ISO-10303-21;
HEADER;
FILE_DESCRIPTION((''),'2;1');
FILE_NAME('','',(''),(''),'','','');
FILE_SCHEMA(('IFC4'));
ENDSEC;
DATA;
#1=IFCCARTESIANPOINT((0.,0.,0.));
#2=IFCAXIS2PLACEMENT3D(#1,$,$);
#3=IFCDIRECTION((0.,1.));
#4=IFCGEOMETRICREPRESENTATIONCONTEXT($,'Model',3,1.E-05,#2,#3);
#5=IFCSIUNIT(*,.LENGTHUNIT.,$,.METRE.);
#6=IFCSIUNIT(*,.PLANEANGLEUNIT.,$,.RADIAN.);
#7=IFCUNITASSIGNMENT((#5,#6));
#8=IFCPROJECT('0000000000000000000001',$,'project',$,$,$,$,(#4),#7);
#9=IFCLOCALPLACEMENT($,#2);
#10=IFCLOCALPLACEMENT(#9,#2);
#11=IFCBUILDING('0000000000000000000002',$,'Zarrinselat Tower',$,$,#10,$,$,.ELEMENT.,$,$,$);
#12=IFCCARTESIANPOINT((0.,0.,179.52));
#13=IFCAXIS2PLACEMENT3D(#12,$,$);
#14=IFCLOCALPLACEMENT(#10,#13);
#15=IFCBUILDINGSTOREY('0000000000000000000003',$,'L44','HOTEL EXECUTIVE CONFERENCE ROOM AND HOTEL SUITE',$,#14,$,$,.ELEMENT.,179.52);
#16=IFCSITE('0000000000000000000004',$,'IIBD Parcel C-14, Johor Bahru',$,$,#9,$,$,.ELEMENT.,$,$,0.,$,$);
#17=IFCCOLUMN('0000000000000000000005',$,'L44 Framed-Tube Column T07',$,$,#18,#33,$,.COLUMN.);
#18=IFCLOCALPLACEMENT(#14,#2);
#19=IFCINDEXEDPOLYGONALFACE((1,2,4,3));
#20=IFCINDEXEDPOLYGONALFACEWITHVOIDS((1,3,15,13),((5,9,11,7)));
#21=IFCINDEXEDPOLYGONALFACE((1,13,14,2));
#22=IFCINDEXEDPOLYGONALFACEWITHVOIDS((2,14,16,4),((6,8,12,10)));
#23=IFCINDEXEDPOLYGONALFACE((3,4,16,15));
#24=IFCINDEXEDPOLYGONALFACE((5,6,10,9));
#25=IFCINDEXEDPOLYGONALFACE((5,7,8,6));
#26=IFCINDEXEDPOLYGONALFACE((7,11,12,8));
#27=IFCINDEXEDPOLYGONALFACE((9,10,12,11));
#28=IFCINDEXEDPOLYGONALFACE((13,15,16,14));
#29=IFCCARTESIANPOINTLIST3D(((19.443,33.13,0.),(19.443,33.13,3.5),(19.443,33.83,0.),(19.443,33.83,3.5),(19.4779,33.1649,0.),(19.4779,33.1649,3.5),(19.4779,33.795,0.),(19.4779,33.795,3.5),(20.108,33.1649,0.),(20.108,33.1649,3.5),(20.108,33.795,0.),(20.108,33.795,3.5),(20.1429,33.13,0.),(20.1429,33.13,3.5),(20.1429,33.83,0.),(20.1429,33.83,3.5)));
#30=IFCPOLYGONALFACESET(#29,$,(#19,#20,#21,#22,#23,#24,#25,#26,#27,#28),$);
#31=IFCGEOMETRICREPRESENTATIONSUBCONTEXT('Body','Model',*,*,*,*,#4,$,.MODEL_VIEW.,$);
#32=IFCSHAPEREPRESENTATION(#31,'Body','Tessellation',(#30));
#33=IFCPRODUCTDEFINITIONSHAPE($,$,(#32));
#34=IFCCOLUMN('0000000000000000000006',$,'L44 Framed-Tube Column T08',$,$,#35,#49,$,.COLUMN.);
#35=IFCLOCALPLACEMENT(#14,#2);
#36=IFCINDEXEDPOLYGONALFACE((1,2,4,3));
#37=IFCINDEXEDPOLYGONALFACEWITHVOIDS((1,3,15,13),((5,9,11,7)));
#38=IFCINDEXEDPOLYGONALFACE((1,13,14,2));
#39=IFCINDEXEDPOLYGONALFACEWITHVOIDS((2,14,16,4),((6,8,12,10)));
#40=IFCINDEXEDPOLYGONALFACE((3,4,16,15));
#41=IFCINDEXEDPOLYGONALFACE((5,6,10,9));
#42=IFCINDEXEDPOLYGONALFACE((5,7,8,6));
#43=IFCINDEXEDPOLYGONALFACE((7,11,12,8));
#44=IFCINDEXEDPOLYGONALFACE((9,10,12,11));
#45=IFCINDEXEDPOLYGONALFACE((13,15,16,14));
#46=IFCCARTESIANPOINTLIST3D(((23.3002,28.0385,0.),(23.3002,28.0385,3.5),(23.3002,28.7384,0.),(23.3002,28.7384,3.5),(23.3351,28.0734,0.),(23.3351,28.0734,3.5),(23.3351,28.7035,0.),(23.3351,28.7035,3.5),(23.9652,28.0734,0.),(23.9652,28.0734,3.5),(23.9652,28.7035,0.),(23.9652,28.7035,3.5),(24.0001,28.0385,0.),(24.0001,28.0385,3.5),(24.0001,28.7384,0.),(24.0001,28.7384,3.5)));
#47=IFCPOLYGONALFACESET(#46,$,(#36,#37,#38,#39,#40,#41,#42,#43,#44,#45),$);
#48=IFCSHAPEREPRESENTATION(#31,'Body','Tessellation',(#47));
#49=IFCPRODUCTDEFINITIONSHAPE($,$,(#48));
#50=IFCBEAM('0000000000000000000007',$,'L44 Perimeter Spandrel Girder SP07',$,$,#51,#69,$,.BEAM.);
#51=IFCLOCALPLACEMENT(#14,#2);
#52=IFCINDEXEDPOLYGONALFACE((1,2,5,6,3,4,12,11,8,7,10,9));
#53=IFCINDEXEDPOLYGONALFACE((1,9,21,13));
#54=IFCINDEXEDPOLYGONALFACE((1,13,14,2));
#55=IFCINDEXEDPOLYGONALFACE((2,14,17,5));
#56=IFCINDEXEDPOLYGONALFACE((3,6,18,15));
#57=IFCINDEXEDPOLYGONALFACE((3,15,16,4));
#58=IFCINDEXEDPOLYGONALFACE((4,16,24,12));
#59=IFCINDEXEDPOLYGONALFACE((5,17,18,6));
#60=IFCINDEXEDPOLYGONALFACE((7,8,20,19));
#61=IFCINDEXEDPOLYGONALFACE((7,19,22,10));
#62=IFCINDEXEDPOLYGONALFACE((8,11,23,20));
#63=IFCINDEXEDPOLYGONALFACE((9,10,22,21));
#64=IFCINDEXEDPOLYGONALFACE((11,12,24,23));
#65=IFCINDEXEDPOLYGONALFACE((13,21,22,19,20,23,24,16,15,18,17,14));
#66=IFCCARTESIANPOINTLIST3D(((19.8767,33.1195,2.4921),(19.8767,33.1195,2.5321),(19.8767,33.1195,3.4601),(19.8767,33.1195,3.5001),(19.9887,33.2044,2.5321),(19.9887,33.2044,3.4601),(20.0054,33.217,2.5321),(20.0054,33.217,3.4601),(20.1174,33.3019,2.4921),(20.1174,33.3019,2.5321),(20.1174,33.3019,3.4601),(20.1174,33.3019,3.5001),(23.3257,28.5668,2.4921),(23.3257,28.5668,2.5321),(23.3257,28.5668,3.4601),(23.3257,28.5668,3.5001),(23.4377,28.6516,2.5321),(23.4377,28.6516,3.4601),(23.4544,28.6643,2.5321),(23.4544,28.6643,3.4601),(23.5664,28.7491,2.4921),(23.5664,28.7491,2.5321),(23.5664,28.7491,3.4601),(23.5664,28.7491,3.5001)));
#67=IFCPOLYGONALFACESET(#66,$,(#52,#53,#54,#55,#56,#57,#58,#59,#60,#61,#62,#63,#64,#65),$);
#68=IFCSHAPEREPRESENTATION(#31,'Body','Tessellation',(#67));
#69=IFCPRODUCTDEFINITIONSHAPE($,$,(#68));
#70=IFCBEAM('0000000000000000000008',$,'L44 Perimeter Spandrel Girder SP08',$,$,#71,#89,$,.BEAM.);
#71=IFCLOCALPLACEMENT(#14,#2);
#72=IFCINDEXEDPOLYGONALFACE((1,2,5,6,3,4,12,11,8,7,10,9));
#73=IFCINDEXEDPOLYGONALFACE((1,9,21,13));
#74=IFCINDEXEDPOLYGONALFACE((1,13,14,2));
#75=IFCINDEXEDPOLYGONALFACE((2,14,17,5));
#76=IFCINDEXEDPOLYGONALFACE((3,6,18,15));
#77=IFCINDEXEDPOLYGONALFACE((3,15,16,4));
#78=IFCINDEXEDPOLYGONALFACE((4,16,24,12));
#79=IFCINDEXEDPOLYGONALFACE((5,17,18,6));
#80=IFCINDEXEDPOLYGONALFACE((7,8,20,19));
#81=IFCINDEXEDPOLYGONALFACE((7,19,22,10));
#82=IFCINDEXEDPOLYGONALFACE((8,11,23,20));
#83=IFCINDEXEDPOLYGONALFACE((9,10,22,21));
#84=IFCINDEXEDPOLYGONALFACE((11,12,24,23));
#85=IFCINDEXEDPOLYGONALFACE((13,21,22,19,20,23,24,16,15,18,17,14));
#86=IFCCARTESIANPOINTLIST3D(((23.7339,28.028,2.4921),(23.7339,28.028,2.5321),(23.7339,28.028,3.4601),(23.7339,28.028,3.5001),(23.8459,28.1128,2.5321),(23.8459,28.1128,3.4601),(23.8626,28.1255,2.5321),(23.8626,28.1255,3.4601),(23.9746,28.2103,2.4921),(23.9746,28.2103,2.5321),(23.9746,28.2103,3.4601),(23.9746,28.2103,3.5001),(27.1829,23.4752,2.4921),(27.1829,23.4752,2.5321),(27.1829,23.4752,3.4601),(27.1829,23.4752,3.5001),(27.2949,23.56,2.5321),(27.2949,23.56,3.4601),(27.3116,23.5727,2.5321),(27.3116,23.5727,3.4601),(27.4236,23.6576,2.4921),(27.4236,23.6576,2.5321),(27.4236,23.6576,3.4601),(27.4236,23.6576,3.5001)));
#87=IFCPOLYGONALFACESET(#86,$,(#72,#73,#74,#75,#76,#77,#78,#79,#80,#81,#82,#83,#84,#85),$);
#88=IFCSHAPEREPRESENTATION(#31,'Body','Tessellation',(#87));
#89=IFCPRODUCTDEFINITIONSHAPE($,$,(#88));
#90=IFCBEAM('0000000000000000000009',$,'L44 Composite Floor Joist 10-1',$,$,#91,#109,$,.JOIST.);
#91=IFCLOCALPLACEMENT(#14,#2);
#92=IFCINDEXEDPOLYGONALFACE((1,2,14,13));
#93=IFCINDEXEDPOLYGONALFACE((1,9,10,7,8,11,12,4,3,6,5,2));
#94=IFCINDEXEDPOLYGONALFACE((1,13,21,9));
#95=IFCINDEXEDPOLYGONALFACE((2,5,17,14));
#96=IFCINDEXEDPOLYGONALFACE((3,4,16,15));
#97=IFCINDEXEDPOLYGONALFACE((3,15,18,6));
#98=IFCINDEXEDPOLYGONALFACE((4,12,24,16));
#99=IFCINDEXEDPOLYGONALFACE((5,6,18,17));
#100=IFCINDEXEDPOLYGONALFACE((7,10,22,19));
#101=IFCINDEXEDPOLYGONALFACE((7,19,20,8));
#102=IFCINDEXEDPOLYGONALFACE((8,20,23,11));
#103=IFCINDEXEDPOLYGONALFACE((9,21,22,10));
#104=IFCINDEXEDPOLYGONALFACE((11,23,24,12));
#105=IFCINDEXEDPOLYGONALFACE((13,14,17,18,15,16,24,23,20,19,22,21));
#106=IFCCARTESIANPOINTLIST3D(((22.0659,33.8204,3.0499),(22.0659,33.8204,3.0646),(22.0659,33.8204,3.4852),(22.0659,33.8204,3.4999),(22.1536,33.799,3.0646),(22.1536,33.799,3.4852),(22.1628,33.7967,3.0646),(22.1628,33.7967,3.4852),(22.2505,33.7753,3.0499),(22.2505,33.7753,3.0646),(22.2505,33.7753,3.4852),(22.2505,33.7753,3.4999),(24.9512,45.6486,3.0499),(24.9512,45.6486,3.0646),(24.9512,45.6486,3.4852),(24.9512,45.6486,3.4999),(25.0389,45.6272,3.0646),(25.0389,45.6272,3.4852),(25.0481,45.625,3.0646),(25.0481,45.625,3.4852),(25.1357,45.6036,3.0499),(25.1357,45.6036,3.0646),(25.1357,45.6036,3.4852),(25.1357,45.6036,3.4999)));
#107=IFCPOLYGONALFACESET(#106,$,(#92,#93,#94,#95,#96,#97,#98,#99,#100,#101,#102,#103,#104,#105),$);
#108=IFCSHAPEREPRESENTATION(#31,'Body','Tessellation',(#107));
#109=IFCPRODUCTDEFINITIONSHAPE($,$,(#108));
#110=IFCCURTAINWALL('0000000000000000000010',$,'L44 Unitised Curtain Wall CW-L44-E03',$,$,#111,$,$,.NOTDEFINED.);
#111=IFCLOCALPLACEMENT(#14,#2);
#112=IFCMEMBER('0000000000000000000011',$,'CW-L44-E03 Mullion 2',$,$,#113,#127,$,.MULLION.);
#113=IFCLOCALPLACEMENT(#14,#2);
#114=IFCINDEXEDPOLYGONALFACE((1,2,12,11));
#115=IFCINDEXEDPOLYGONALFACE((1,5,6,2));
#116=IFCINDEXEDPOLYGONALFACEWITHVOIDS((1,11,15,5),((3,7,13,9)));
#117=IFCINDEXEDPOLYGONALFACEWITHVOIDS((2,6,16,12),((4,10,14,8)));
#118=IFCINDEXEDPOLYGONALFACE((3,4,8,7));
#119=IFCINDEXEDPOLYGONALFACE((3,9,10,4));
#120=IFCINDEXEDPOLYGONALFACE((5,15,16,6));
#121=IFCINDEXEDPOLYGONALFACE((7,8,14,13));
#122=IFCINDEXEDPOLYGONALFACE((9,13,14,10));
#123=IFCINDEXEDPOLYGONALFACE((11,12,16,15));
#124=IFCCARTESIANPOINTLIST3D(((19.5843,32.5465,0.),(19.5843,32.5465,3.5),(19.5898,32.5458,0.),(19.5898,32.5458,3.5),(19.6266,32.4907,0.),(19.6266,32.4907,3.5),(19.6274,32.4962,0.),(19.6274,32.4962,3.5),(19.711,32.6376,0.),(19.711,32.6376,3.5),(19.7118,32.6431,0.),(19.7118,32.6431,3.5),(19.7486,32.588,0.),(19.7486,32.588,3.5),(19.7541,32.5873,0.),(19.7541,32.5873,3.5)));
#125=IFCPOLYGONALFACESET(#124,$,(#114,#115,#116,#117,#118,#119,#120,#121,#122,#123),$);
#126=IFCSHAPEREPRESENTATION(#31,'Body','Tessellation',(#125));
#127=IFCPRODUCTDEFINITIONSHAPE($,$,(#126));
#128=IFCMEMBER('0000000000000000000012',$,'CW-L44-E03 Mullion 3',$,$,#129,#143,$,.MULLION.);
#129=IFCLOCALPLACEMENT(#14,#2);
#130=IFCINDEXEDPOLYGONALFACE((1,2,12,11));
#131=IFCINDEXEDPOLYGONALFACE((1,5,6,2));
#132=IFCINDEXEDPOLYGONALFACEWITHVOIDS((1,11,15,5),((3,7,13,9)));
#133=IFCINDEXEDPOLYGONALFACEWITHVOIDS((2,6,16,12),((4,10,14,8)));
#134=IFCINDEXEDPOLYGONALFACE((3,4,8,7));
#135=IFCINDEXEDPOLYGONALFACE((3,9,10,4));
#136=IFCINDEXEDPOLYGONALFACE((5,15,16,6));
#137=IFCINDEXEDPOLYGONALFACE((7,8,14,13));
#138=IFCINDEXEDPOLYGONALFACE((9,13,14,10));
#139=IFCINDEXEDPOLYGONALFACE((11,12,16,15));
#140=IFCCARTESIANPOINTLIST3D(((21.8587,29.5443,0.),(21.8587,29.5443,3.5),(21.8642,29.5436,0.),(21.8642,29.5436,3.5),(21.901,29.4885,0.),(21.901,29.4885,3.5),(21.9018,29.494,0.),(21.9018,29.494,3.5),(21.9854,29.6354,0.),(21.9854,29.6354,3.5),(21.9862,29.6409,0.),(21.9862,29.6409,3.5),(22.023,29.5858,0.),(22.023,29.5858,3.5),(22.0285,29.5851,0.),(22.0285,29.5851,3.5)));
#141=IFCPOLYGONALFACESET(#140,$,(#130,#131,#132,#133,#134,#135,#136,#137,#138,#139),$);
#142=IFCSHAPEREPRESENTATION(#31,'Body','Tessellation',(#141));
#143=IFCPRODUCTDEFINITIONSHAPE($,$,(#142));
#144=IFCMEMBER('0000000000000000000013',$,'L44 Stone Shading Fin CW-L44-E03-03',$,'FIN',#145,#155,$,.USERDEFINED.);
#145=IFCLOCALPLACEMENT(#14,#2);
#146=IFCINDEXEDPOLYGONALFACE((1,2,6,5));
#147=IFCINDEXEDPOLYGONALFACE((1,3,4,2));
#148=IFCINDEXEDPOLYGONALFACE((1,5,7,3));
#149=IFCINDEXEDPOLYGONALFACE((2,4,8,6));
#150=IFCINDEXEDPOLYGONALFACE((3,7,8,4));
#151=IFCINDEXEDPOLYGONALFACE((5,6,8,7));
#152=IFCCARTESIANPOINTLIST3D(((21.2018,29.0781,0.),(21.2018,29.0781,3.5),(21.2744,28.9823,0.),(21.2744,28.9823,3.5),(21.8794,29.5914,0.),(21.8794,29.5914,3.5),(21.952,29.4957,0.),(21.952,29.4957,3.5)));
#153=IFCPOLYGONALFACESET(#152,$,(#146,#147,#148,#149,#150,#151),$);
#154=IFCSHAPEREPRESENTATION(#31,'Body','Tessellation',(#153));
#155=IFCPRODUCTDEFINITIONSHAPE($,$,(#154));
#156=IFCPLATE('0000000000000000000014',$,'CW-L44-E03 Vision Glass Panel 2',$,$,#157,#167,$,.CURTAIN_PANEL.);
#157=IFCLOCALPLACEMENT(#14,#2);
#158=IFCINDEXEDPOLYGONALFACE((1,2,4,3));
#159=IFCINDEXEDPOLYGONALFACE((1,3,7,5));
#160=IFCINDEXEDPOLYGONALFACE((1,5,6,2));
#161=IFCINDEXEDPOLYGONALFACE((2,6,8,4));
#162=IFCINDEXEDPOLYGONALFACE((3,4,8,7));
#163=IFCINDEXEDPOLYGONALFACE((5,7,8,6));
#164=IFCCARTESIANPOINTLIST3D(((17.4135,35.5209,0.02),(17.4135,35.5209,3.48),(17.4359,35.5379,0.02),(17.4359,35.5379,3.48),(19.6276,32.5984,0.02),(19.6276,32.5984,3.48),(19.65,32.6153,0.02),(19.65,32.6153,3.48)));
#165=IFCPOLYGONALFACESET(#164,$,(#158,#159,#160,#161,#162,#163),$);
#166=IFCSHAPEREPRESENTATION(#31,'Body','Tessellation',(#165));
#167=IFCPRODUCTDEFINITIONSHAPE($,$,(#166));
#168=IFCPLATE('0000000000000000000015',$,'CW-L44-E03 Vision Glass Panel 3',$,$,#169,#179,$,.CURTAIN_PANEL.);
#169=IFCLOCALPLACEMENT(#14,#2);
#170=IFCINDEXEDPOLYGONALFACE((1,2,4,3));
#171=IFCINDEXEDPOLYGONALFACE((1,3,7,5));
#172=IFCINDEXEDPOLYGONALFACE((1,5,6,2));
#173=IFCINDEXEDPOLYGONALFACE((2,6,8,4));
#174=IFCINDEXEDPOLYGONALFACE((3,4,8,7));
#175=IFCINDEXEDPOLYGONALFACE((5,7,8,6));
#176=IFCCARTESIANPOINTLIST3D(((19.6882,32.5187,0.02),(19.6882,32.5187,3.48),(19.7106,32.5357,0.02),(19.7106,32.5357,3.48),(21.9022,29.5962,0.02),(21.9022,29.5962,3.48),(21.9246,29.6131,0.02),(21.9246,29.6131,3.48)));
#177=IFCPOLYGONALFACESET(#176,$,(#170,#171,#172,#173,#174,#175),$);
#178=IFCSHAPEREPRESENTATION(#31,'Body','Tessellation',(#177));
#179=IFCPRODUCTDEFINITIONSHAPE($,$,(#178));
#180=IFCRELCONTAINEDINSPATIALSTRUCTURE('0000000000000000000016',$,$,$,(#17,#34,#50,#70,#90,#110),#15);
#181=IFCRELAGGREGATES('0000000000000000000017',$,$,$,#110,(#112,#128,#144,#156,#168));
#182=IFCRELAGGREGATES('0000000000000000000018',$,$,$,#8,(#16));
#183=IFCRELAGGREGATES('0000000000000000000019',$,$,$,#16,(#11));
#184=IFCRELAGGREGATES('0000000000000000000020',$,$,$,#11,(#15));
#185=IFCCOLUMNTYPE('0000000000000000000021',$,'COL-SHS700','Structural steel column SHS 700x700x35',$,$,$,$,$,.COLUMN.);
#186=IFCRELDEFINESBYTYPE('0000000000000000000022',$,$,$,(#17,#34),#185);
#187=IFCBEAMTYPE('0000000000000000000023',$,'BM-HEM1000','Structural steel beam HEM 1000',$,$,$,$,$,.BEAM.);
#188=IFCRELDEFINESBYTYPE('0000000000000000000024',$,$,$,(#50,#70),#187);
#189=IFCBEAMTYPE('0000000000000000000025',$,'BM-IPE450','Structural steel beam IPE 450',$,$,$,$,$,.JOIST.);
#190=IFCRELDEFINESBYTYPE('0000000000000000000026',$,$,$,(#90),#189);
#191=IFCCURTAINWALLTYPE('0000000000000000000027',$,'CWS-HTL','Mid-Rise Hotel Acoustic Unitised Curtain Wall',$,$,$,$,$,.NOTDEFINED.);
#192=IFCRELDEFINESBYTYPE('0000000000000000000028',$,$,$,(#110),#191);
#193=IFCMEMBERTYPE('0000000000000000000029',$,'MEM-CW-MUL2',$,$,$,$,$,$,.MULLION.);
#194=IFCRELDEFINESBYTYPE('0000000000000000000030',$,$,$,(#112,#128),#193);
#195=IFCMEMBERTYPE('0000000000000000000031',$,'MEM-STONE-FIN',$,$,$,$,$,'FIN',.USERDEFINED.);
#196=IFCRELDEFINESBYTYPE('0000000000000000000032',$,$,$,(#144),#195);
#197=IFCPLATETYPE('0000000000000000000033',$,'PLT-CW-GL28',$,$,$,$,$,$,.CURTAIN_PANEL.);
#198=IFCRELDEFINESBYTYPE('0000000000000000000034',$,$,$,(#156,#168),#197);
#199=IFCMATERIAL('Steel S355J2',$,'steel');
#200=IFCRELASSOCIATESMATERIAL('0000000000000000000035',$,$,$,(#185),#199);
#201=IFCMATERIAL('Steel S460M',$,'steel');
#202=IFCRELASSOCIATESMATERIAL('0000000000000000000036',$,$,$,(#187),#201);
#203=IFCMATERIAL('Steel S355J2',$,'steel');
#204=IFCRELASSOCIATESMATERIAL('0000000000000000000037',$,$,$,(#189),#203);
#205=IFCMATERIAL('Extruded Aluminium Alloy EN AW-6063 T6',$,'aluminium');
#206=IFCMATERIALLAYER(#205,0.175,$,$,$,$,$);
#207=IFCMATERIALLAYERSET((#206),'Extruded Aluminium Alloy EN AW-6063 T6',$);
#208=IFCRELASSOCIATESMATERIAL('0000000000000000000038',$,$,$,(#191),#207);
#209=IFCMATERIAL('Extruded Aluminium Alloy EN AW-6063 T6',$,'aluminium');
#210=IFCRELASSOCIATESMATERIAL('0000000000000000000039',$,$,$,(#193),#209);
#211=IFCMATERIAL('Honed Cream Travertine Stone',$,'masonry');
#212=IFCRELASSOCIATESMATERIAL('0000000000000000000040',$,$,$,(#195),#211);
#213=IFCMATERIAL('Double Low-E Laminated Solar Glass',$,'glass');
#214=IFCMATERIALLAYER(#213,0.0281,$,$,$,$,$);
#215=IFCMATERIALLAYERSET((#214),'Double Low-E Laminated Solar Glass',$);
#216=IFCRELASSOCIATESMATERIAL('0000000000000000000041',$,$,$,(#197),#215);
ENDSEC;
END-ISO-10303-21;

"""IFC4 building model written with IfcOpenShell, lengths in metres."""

from ifc_helpers import new_model, si_unit, direction, frame, origin, origin_2d, place, context, subcontext, project, spatial, rectangle, hollow_rectangle, i_section, extrude, material, layer, layer_set, material_profile, profile_set, type_object, element, aggregate, save


model = new_model("IFC4")

# Units and contexts
model_context = context("Model", 3, precision=1e-05, world=origin(), true_north=direction((0.0, 1.0)))
body_context = subcontext(model_context, "Body", "Model", "MODEL_VIEW")
ifc_project = project(units=[si_unit("LENGTHUNIT", "METRE"), si_unit("PLANEANGLEUNIT", "RADIAN")], contexts=[model_context])

# Site, building, storey
site_placement = place(None, origin())
site = spatial("IfcSite", under=ifc_project, at=site_placement, Name="IIBD Parcel C-14, Johor Bahru", CompositionType="ELEMENT", RefElevation=0.0)
building_placement = place(site_placement, origin())
building = spatial("IfcBuilding", under=site, at=building_placement, Name="Zarrinselat Tower", CompositionType="ELEMENT")
storey_placement = place(building_placement, frame((0.0, 0.0, 179.52)))
storey = spatial("IfcBuildingStorey", under=building, at=storey_placement, Name="L44", Description="HOTEL EXECUTIVE CONFERENCE ROOM AND HOTEL SUITE", CompositionType="ELEMENT", Elevation=179.52)

# Columns
ifc_material_1 = material(Name="Steel S355J2", Category="steel")
ifc_material_profile_1 = material_profile(ifc_material_1, hollow_rectangle(XDim=0.7, YDim=0.7, WallThickness=0.0349, at=origin_2d()), Name="SHS 700x700x35")
ifc_profile_set_1 = profile_set([ifc_material_profile_1], Name="Steel S355J2")
column_type = type_object("IfcColumnType", Name="COL-SHS700", Description="Structural steel column SHS 700x700x35", PredefinedType="COLUMN", material=ifc_profile_set_1)
for number, where, z_axis, x_axis, name in (
    (1, (19.793, 33.48, 0.0), (0.0, 0.0, 1.0), (1.0, 0.0, 0.0), "L44 Framed-Tube Column T07"),
    (2, (23.6501, 28.3884, 0.0), (0.0, 0.0, 1.0), (1.0, 0.0, 0.0), "L44 Framed-Tube Column T08"),
):
    element("IfcColumn", number, at=place(storey_placement, frame(where, z_axis=z_axis, x_axis=x_axis)), inside=storey, type_object=column_type, Name=name, PredefinedType="COLUMN", context=body_context, shape_type="SweptSolid", body=[
        extrude(hollow_rectangle(XDim=0.7, YDim=0.7, WallThickness=0.0349, at=origin_2d()), origin(), (0.0, 0.0, 1.0), 3.5),
    ])

# Beams
ifc_material_2 = material(Name="Steel S460M", Category="steel")
ifc_material_profile_2 = material_profile(ifc_material_2, i_section(OverallWidth=0.302, OverallDepth=1.0081, WebThickness=0.021, FlangeThickness=0.04, at=origin_2d()), Name="HEM 1000")
ifc_profile_set_2 = profile_set([ifc_material_profile_2], Name="Steel S460M")
beam_type_1 = type_object("IfcBeamType", Name="BM-HEM1000", Description="Structural steel beam HEM 1000", PredefinedType="BEAM", material=ifc_profile_set_2)
for number, where, z_axis, x_axis, name in (
    (3, (19.9971, 33.2107, 2.9961), (0.60385, -0.797098, 0.0), (0.797098, 0.60385, 0.0), "L44 Perimeter Spandrel Girder SP07"),
    (4, (23.8542, 28.1191, 2.9961), (0.60385, -0.797098, 0.0), (0.797098, 0.60385, 0.0), "L44 Perimeter Spandrel Girder SP08"),
):
    element("IfcBeam", number, at=place(storey_placement, frame(where, z_axis=z_axis, x_axis=x_axis)), inside=storey, type_object=beam_type_1, Name=name, PredefinedType="BEAM", context=body_context, shape_type="SweptSolid", body=[
        extrude(i_section(OverallWidth=0.302, OverallDepth=1.0081, WebThickness=0.021, FlangeThickness=0.04, at=origin_2d()), origin(), (0.0, 0.0, 1.0), 5.7117),
    ])
ifc_material_3 = material(Name="Steel S355J2", Category="steel")
ifc_material_profile_3 = material_profile(ifc_material_3, i_section(OverallWidth=0.1899, OverallDepth=0.45, WebThickness=0.0095, FlangeThickness=0.0146, at=origin_2d()), Name="IPE 450")
ifc_profile_set_3 = profile_set([ifc_material_profile_3], Name="Steel S355J2")
beam_type_2 = type_object("IfcBeamType", Name="BM-IPE450", Description="Structural steel beam IPE 450", PredefinedType="JOIST", material=ifc_profile_set_3)
beam_placement = place(storey_placement, frame((22.1582, 33.7979, 3.2749), z_axis=(0.236983, 0.971514, 0.0), x_axis=(-0.971514, 0.236983, 0.0)))
element("IfcBeam", 5, at=beam_placement, inside=storey, type_object=beam_type_2, Name="L44 Composite Floor Joist 10-1", PredefinedType="JOIST", context=body_context, shape_type="SweptSolid", body=[
    extrude(i_section(OverallWidth=0.1899, OverallDepth=0.45, WebThickness=0.0095, FlangeThickness=0.0146, at=origin_2d()), origin(), (0.0, 0.0, 1.0), 12.175),
])

# Curtain wall, members, plates
ifc_material_4 = material(Name="Extruded Aluminium Alloy EN AW-6063 T6", Category="aluminium")
ifc_layer_1 = layer(ifc_material_4, 0.175)
ifc_layer_set_1 = layer_set([ifc_layer_1], Name="Extruded Aluminium Alloy EN AW-6063 T6")
curtain_wall_type = type_object("IfcCurtainWallType", Name="CWS-HTL", Description="Mid-Rise Hotel Acoustic Unitised Curtain Wall", PredefinedType="NOTDEFINED", material=ifc_layer_set_1)
curtain_wall_placement = place(storey_placement, origin())
curtain_wall = element("IfcCurtainWall", 6, at=curtain_wall_placement, inside=storey, type_object=curtain_wall_type, Name="L44 Unitised Curtain Wall CW-L44-E03", PredefinedType="NOTDEFINED")
ifc_material_5 = material(Name="Extruded Aluminium Alloy EN AW-6063 T6", Category="aluminium")
ifc_material_profile_4 = material_profile(ifc_material_5, hollow_rectangle(XDim=0.0701, YDim=0.1599, WallThickness=0.0039, at=origin_2d()), Name="RHS 160x70x4")
ifc_profile_set_4 = profile_set([ifc_material_profile_4], Name="Extruded Aluminium Alloy EN AW-6063 T6")
member_type_1 = type_object("IfcMemberType", Name="MEM-CW-MUL2", PredefinedType="MULLION", material=ifc_profile_set_4)
member_1_placement = place(storey_placement, frame((19.6692, 32.5669, 0.0), z_axis=(0.0, 0.0, 1.0), x_axis=(0.603857, -0.797092, 0.0)))
member_1 = element("IfcMember", 7, at=member_1_placement, type_object=member_type_1, Name="CW-L44-E03 Mullion 2", PredefinedType="MULLION", context=body_context, shape_type="SweptSolid", body=[
    extrude(hollow_rectangle(XDim=0.0701, YDim=0.1599, WallThickness=0.0039, at=origin_2d()), origin(), (0.0, 0.0, 1.0), 3.5),
])
member_2_placement = place(storey_placement, frame((21.9436, 29.5647, 0.0), z_axis=(0.0, 0.0, 1.0), x_axis=(0.603857, -0.797092, 0.0)))
member_2 = element("IfcMember", 8, at=member_2_placement, type_object=member_type_1, Name="CW-L44-E03 Mullion 3", PredefinedType="MULLION", context=body_context, shape_type="SweptSolid", body=[
    extrude(hollow_rectangle(XDim=0.0701, YDim=0.1599, WallThickness=0.0039, at=origin_2d()), origin(), (0.0, 0.0, 1.0), 3.5),
])
ifc_material_6 = material(Name="Honed Cream Travertine Stone", Category="masonry")
ifc_material_profile_5 = material_profile(ifc_material_6, rectangle(XDim=0.1201, YDim=0.8501, at=origin_2d()), Name="FIN 850x120")
ifc_profile_set_5 = profile_set([ifc_material_profile_5], Name="Honed Cream Travertine Stone")
member_type_2 = type_object("IfcMemberType", Name="MEM-STONE-FIN", ElementType="FIN", PredefinedType="USERDEFINED", material=ifc_profile_set_5)
member_3_placement = place(storey_placement, frame((21.5769, 29.2869, 0.0), z_axis=(0.0, 0.0, 1.0), x_axis=(-0.603857, 0.797092, 0.0)))
member_3 = element("IfcMember", 9, at=member_3_placement, type_object=member_type_2, Name="L44 Stone Shading Fin CW-L44-E03-03", ObjectType="FIN", PredefinedType="USERDEFINED", context=body_context, shape_type="SweptSolid", body=[
    extrude(rectangle(XDim=0.1201, YDim=0.8501, at=origin_2d()), origin(), (0.0, 0.0, 1.0), 3.5),
])
ifc_material_7 = material(Name="Double Low-E Laminated Solar Glass", Category="glass")
ifc_layer_2 = layer(ifc_material_7, 0.0281)
ifc_layer_set_2 = layer_set([ifc_layer_2], Name="Double Low-E Laminated Solar Glass")
plate_type = type_object("IfcPlateType", Name="PLT-CW-GL28", PredefinedType="CURTAIN_PANEL", material=ifc_layer_set_2)
plate_1_placement = place(storey_placement, frame((18.5317, 34.0681, 0.02), z_axis=(0.0, 0.0, 1.0), x_axis=(0.603857, -0.797092, 0.0)))
plate_1 = element("IfcPlate", 10, at=plate_1_placement, type_object=plate_type, Name="CW-L44-E03 Vision Glass Panel 2", PredefinedType="CURTAIN_PANEL", context=body_context, shape_type="SweptSolid", body=[
    extrude(rectangle(XDim=3.6665, YDim=0.0281, at=origin_2d()), origin(), (0.0, 0.0, 1.0), 3.46),
])
plate_2_placement = place(storey_placement, frame((20.8064, 31.0659, 0.02), z_axis=(0.0, 0.0, 1.0), x_axis=(0.603857, -0.797092, 0.0)))
plate_2 = element("IfcPlate", 11, at=plate_2_placement, type_object=plate_type, Name="CW-L44-E03 Vision Glass Panel 3", PredefinedType="CURTAIN_PANEL", context=body_context, shape_type="SweptSolid", body=[
    extrude(rectangle(XDim=3.6665, YDim=0.0281, at=origin_2d()), origin(), (0.0, 0.0, 1.0), 3.46),
])
aggregate(curtain_wall, [member_1, member_2, member_3, plate_1, plate_2])

save(model, "model.ifc")
